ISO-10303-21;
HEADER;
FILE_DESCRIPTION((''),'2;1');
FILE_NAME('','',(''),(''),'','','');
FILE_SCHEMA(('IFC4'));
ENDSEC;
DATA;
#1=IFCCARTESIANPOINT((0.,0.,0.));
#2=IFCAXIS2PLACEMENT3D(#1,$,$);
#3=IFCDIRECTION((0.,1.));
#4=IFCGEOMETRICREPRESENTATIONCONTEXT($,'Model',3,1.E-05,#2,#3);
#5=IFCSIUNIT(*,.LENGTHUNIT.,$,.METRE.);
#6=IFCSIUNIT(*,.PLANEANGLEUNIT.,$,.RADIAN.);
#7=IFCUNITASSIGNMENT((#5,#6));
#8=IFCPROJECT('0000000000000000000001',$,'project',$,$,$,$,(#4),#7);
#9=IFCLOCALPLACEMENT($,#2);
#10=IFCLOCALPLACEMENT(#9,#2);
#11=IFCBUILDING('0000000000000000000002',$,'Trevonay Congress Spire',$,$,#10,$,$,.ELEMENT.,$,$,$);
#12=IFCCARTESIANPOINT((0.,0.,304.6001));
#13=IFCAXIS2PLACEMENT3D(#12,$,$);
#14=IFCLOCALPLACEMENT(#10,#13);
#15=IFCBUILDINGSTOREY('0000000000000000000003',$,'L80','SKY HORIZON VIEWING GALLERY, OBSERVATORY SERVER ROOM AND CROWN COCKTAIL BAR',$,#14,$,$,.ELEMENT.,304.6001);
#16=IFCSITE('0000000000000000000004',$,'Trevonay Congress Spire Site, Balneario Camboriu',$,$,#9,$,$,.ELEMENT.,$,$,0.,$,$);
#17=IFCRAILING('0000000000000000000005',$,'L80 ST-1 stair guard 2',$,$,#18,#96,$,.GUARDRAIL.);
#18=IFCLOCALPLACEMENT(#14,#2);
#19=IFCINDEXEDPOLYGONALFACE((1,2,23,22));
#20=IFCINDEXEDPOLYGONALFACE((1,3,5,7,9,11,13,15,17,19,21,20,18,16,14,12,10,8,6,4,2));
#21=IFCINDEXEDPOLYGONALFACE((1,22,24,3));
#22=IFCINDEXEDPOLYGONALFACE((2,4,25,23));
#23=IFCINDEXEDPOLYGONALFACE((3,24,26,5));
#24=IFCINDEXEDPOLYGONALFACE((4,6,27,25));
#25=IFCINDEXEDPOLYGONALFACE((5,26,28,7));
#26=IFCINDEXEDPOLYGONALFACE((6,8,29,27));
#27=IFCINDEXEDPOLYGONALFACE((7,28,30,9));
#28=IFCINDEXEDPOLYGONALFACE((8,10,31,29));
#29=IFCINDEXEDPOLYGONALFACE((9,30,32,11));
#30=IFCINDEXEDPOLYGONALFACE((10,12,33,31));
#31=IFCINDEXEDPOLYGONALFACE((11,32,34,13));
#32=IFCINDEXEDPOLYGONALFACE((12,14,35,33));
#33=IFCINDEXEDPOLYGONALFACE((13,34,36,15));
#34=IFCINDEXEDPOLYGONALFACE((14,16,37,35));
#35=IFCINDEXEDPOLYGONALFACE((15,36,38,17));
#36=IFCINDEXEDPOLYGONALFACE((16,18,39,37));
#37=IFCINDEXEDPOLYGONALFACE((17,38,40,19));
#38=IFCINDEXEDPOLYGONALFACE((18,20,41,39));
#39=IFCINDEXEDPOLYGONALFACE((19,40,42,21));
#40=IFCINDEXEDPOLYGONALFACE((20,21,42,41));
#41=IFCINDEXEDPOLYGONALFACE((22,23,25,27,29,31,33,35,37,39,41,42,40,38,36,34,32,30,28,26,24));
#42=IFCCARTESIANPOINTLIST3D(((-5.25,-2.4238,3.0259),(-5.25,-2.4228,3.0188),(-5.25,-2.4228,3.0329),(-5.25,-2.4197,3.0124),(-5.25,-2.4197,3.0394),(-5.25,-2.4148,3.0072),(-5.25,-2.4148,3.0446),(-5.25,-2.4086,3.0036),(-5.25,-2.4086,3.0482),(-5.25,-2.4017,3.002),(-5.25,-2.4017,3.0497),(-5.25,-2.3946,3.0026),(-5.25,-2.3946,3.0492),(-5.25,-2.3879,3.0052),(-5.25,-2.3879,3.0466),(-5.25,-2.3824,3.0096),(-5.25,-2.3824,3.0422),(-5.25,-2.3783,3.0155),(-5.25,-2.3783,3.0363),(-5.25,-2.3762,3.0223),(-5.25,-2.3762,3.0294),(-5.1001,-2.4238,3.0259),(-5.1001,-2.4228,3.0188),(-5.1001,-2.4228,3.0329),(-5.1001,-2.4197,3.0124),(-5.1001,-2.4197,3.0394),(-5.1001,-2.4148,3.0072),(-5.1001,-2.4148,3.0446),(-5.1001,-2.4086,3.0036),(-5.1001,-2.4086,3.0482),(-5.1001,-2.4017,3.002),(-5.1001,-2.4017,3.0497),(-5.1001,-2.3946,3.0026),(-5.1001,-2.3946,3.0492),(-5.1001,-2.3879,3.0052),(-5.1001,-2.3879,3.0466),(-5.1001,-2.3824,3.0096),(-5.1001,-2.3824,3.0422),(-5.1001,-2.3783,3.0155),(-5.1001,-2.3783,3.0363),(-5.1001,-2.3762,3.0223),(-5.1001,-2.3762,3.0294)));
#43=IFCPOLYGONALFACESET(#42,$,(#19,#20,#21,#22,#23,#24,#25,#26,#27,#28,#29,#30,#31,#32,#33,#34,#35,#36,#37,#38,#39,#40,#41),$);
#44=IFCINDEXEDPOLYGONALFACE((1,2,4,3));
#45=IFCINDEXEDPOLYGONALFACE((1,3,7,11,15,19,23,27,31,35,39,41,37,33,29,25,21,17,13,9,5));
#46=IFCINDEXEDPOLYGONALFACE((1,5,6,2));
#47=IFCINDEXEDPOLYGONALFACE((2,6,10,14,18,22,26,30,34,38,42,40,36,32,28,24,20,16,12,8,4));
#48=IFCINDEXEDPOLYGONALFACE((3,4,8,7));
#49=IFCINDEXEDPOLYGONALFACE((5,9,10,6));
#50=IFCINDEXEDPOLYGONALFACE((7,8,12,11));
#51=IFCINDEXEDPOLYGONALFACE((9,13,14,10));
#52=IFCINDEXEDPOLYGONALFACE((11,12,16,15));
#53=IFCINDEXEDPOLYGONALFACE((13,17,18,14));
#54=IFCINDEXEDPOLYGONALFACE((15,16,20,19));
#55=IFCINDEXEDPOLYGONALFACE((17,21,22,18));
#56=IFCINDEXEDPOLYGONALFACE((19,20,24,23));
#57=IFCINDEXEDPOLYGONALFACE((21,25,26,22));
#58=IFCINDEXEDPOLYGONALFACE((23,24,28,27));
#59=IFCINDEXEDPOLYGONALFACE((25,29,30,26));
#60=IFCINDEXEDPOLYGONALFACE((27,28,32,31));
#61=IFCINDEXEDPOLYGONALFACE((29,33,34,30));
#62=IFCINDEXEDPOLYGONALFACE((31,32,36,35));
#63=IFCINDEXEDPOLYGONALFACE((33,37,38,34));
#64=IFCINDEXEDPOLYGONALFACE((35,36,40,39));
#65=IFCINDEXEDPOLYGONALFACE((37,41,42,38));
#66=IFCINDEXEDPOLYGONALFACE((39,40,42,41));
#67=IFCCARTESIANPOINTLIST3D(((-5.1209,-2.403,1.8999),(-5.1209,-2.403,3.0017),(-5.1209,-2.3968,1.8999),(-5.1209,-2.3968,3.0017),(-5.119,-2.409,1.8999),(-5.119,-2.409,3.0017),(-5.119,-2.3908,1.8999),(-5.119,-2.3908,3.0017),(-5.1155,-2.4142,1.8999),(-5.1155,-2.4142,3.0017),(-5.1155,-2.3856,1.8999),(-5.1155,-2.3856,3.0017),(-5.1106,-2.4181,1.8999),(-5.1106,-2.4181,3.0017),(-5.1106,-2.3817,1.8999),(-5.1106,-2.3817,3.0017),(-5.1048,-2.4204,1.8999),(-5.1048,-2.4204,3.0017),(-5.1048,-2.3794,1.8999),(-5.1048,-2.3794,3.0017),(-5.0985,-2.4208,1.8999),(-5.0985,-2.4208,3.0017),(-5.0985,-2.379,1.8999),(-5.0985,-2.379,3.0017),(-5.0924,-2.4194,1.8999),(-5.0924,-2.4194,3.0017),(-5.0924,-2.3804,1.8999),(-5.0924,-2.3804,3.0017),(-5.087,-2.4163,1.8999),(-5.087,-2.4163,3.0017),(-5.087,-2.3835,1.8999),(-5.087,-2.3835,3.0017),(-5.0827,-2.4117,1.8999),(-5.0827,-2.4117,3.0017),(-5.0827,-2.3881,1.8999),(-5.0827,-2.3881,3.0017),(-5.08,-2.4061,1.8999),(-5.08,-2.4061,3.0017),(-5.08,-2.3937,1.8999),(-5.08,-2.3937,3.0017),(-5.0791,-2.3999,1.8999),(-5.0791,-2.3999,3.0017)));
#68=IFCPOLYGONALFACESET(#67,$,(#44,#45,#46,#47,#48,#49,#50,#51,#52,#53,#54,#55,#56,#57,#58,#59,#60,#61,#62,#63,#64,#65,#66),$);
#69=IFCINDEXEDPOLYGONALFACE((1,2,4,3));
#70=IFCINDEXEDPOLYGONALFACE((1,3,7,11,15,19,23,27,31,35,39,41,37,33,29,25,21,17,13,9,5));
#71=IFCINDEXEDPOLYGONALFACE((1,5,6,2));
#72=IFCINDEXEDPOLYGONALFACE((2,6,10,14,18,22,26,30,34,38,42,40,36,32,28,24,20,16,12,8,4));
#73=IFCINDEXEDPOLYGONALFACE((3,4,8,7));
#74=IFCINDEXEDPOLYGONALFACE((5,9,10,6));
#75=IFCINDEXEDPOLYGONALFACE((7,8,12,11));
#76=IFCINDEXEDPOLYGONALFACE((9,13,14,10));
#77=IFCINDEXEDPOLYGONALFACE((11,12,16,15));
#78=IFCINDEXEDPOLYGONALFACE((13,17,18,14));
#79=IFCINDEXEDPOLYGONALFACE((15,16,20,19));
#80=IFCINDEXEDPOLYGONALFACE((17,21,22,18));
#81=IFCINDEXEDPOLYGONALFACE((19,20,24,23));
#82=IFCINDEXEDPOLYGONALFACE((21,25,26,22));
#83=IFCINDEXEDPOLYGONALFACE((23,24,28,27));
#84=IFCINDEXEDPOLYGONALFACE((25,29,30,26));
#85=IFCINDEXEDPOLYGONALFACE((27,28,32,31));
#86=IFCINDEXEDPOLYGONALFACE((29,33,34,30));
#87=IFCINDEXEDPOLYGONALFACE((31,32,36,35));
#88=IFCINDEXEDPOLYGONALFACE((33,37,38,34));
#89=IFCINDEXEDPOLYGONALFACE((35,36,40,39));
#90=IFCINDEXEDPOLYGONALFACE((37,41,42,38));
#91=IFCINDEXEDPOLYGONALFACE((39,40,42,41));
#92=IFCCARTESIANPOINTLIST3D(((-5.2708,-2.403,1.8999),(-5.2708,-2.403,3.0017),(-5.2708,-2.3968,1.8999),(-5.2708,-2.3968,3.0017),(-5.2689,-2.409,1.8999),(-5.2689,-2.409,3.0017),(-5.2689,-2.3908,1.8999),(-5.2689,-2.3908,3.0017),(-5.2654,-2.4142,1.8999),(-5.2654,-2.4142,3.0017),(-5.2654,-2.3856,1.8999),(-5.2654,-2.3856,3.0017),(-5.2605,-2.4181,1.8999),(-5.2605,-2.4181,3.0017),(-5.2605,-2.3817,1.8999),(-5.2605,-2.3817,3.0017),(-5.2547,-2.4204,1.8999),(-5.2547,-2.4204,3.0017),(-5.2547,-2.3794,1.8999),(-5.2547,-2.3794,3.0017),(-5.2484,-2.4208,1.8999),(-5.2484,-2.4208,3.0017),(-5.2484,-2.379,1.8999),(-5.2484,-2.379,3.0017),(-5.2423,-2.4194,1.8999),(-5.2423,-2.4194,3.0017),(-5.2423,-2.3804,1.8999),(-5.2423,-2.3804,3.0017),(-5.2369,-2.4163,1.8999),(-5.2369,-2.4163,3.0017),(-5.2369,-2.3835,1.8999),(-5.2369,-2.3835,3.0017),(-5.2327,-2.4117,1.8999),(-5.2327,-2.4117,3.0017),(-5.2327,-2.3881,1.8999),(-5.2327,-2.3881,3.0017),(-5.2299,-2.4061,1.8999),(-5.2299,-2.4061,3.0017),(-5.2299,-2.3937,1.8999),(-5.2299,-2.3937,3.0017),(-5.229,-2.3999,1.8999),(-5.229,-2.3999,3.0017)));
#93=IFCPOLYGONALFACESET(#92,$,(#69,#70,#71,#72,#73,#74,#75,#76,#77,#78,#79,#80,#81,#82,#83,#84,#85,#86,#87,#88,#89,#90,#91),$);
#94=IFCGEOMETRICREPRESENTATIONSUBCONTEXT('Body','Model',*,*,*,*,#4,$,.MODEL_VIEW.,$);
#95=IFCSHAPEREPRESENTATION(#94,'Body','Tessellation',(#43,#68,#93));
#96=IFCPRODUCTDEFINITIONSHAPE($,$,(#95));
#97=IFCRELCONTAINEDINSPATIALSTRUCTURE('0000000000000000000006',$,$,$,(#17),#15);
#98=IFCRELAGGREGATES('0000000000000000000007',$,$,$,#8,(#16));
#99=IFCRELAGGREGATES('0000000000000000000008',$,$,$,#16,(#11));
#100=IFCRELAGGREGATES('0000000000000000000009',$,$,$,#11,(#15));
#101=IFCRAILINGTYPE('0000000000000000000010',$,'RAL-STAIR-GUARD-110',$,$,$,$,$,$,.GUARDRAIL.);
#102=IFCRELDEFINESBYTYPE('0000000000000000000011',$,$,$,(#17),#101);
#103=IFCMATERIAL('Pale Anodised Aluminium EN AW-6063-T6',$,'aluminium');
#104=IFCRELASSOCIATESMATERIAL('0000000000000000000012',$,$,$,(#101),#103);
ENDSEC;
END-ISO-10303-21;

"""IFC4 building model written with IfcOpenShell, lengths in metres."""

from ifc_helpers import new_model, si_unit, direction, frame, origin, origin_2d, place, context, subcontext, project, spatial, circle, extrude, material, type_object, element, save


model = new_model("IFC4")

# Units and contexts
model_context = context("Model", 3, precision=1e-05, world=origin(), true_north=direction((0.0, 1.0)))
body_context = subcontext(model_context, "Body", "Model", "MODEL_VIEW")
ifc_project = project(units=[si_unit("LENGTHUNIT", "METRE"), si_unit("PLANEANGLEUNIT", "RADIAN")], contexts=[model_context])

# Site, building, storey
site_placement = place(None, origin())
site = spatial("IfcSite", under=ifc_project, at=site_placement, Name="Trevonay Congress Spire Site, Balneario Camboriu", CompositionType="ELEMENT", RefElevation=0.0)
building_placement = place(site_placement, origin())
building = spatial("IfcBuilding", under=site, at=building_placement, Name="Trevonay Congress Spire", CompositionType="ELEMENT")
storey_placement = place(building_placement, frame((0.0, 0.0, 304.6001)))
storey = spatial("IfcBuildingStorey", under=building, at=storey_placement, Name="L80", Description="SKY HORIZON VIEWING GALLERY, OBSERVATORY SERVER ROOM AND CROWN COCKTAIL BAR", CompositionType="ELEMENT", Elevation=304.6001)

# Shared definitions
ifc_material_1 = material(Name="Pale Anodised Aluminium EN AW-6063-T6", Category="aluminium")

# Railing
railing_type_1 = type_object("IfcRailingType", Name="RAL-STAIR-GUARD-110", PredefinedType="GUARDRAIL", material=ifc_material_1)
railing_1_placement = place(storey_placement, frame((-5.1001, -2.3999, 1.8999)))
element("IfcRailing", 1, at=railing_1_placement, inside=storey, type_object=railing_type_1, Name="L80 ST-1 stair guard 2", PredefinedType="GUARDRAIL", context=body_context, shape_type="SweptSolid", body=[
    extrude(circle(Radius=0.0239, at=origin_2d()), frame((0.0, 0.0, 1.126), z_axis=(-1.0, 0.0, 0.0), x_axis=(0.0, -1.0, 0.0)), (0.0, 0.0, 1.0), 0.1499),
    extrude(circle(Radius=0.021, at=origin_2d()), origin(), (0.0, 0.0, 1.0), 1.1018),
    extrude(circle(Radius=0.021, at=origin_2d()), frame((-0.1499, 0.0, 0.0)), (0.0, 0.0, 1.0), 1.1018),
])

save(model, "model.ifc")
